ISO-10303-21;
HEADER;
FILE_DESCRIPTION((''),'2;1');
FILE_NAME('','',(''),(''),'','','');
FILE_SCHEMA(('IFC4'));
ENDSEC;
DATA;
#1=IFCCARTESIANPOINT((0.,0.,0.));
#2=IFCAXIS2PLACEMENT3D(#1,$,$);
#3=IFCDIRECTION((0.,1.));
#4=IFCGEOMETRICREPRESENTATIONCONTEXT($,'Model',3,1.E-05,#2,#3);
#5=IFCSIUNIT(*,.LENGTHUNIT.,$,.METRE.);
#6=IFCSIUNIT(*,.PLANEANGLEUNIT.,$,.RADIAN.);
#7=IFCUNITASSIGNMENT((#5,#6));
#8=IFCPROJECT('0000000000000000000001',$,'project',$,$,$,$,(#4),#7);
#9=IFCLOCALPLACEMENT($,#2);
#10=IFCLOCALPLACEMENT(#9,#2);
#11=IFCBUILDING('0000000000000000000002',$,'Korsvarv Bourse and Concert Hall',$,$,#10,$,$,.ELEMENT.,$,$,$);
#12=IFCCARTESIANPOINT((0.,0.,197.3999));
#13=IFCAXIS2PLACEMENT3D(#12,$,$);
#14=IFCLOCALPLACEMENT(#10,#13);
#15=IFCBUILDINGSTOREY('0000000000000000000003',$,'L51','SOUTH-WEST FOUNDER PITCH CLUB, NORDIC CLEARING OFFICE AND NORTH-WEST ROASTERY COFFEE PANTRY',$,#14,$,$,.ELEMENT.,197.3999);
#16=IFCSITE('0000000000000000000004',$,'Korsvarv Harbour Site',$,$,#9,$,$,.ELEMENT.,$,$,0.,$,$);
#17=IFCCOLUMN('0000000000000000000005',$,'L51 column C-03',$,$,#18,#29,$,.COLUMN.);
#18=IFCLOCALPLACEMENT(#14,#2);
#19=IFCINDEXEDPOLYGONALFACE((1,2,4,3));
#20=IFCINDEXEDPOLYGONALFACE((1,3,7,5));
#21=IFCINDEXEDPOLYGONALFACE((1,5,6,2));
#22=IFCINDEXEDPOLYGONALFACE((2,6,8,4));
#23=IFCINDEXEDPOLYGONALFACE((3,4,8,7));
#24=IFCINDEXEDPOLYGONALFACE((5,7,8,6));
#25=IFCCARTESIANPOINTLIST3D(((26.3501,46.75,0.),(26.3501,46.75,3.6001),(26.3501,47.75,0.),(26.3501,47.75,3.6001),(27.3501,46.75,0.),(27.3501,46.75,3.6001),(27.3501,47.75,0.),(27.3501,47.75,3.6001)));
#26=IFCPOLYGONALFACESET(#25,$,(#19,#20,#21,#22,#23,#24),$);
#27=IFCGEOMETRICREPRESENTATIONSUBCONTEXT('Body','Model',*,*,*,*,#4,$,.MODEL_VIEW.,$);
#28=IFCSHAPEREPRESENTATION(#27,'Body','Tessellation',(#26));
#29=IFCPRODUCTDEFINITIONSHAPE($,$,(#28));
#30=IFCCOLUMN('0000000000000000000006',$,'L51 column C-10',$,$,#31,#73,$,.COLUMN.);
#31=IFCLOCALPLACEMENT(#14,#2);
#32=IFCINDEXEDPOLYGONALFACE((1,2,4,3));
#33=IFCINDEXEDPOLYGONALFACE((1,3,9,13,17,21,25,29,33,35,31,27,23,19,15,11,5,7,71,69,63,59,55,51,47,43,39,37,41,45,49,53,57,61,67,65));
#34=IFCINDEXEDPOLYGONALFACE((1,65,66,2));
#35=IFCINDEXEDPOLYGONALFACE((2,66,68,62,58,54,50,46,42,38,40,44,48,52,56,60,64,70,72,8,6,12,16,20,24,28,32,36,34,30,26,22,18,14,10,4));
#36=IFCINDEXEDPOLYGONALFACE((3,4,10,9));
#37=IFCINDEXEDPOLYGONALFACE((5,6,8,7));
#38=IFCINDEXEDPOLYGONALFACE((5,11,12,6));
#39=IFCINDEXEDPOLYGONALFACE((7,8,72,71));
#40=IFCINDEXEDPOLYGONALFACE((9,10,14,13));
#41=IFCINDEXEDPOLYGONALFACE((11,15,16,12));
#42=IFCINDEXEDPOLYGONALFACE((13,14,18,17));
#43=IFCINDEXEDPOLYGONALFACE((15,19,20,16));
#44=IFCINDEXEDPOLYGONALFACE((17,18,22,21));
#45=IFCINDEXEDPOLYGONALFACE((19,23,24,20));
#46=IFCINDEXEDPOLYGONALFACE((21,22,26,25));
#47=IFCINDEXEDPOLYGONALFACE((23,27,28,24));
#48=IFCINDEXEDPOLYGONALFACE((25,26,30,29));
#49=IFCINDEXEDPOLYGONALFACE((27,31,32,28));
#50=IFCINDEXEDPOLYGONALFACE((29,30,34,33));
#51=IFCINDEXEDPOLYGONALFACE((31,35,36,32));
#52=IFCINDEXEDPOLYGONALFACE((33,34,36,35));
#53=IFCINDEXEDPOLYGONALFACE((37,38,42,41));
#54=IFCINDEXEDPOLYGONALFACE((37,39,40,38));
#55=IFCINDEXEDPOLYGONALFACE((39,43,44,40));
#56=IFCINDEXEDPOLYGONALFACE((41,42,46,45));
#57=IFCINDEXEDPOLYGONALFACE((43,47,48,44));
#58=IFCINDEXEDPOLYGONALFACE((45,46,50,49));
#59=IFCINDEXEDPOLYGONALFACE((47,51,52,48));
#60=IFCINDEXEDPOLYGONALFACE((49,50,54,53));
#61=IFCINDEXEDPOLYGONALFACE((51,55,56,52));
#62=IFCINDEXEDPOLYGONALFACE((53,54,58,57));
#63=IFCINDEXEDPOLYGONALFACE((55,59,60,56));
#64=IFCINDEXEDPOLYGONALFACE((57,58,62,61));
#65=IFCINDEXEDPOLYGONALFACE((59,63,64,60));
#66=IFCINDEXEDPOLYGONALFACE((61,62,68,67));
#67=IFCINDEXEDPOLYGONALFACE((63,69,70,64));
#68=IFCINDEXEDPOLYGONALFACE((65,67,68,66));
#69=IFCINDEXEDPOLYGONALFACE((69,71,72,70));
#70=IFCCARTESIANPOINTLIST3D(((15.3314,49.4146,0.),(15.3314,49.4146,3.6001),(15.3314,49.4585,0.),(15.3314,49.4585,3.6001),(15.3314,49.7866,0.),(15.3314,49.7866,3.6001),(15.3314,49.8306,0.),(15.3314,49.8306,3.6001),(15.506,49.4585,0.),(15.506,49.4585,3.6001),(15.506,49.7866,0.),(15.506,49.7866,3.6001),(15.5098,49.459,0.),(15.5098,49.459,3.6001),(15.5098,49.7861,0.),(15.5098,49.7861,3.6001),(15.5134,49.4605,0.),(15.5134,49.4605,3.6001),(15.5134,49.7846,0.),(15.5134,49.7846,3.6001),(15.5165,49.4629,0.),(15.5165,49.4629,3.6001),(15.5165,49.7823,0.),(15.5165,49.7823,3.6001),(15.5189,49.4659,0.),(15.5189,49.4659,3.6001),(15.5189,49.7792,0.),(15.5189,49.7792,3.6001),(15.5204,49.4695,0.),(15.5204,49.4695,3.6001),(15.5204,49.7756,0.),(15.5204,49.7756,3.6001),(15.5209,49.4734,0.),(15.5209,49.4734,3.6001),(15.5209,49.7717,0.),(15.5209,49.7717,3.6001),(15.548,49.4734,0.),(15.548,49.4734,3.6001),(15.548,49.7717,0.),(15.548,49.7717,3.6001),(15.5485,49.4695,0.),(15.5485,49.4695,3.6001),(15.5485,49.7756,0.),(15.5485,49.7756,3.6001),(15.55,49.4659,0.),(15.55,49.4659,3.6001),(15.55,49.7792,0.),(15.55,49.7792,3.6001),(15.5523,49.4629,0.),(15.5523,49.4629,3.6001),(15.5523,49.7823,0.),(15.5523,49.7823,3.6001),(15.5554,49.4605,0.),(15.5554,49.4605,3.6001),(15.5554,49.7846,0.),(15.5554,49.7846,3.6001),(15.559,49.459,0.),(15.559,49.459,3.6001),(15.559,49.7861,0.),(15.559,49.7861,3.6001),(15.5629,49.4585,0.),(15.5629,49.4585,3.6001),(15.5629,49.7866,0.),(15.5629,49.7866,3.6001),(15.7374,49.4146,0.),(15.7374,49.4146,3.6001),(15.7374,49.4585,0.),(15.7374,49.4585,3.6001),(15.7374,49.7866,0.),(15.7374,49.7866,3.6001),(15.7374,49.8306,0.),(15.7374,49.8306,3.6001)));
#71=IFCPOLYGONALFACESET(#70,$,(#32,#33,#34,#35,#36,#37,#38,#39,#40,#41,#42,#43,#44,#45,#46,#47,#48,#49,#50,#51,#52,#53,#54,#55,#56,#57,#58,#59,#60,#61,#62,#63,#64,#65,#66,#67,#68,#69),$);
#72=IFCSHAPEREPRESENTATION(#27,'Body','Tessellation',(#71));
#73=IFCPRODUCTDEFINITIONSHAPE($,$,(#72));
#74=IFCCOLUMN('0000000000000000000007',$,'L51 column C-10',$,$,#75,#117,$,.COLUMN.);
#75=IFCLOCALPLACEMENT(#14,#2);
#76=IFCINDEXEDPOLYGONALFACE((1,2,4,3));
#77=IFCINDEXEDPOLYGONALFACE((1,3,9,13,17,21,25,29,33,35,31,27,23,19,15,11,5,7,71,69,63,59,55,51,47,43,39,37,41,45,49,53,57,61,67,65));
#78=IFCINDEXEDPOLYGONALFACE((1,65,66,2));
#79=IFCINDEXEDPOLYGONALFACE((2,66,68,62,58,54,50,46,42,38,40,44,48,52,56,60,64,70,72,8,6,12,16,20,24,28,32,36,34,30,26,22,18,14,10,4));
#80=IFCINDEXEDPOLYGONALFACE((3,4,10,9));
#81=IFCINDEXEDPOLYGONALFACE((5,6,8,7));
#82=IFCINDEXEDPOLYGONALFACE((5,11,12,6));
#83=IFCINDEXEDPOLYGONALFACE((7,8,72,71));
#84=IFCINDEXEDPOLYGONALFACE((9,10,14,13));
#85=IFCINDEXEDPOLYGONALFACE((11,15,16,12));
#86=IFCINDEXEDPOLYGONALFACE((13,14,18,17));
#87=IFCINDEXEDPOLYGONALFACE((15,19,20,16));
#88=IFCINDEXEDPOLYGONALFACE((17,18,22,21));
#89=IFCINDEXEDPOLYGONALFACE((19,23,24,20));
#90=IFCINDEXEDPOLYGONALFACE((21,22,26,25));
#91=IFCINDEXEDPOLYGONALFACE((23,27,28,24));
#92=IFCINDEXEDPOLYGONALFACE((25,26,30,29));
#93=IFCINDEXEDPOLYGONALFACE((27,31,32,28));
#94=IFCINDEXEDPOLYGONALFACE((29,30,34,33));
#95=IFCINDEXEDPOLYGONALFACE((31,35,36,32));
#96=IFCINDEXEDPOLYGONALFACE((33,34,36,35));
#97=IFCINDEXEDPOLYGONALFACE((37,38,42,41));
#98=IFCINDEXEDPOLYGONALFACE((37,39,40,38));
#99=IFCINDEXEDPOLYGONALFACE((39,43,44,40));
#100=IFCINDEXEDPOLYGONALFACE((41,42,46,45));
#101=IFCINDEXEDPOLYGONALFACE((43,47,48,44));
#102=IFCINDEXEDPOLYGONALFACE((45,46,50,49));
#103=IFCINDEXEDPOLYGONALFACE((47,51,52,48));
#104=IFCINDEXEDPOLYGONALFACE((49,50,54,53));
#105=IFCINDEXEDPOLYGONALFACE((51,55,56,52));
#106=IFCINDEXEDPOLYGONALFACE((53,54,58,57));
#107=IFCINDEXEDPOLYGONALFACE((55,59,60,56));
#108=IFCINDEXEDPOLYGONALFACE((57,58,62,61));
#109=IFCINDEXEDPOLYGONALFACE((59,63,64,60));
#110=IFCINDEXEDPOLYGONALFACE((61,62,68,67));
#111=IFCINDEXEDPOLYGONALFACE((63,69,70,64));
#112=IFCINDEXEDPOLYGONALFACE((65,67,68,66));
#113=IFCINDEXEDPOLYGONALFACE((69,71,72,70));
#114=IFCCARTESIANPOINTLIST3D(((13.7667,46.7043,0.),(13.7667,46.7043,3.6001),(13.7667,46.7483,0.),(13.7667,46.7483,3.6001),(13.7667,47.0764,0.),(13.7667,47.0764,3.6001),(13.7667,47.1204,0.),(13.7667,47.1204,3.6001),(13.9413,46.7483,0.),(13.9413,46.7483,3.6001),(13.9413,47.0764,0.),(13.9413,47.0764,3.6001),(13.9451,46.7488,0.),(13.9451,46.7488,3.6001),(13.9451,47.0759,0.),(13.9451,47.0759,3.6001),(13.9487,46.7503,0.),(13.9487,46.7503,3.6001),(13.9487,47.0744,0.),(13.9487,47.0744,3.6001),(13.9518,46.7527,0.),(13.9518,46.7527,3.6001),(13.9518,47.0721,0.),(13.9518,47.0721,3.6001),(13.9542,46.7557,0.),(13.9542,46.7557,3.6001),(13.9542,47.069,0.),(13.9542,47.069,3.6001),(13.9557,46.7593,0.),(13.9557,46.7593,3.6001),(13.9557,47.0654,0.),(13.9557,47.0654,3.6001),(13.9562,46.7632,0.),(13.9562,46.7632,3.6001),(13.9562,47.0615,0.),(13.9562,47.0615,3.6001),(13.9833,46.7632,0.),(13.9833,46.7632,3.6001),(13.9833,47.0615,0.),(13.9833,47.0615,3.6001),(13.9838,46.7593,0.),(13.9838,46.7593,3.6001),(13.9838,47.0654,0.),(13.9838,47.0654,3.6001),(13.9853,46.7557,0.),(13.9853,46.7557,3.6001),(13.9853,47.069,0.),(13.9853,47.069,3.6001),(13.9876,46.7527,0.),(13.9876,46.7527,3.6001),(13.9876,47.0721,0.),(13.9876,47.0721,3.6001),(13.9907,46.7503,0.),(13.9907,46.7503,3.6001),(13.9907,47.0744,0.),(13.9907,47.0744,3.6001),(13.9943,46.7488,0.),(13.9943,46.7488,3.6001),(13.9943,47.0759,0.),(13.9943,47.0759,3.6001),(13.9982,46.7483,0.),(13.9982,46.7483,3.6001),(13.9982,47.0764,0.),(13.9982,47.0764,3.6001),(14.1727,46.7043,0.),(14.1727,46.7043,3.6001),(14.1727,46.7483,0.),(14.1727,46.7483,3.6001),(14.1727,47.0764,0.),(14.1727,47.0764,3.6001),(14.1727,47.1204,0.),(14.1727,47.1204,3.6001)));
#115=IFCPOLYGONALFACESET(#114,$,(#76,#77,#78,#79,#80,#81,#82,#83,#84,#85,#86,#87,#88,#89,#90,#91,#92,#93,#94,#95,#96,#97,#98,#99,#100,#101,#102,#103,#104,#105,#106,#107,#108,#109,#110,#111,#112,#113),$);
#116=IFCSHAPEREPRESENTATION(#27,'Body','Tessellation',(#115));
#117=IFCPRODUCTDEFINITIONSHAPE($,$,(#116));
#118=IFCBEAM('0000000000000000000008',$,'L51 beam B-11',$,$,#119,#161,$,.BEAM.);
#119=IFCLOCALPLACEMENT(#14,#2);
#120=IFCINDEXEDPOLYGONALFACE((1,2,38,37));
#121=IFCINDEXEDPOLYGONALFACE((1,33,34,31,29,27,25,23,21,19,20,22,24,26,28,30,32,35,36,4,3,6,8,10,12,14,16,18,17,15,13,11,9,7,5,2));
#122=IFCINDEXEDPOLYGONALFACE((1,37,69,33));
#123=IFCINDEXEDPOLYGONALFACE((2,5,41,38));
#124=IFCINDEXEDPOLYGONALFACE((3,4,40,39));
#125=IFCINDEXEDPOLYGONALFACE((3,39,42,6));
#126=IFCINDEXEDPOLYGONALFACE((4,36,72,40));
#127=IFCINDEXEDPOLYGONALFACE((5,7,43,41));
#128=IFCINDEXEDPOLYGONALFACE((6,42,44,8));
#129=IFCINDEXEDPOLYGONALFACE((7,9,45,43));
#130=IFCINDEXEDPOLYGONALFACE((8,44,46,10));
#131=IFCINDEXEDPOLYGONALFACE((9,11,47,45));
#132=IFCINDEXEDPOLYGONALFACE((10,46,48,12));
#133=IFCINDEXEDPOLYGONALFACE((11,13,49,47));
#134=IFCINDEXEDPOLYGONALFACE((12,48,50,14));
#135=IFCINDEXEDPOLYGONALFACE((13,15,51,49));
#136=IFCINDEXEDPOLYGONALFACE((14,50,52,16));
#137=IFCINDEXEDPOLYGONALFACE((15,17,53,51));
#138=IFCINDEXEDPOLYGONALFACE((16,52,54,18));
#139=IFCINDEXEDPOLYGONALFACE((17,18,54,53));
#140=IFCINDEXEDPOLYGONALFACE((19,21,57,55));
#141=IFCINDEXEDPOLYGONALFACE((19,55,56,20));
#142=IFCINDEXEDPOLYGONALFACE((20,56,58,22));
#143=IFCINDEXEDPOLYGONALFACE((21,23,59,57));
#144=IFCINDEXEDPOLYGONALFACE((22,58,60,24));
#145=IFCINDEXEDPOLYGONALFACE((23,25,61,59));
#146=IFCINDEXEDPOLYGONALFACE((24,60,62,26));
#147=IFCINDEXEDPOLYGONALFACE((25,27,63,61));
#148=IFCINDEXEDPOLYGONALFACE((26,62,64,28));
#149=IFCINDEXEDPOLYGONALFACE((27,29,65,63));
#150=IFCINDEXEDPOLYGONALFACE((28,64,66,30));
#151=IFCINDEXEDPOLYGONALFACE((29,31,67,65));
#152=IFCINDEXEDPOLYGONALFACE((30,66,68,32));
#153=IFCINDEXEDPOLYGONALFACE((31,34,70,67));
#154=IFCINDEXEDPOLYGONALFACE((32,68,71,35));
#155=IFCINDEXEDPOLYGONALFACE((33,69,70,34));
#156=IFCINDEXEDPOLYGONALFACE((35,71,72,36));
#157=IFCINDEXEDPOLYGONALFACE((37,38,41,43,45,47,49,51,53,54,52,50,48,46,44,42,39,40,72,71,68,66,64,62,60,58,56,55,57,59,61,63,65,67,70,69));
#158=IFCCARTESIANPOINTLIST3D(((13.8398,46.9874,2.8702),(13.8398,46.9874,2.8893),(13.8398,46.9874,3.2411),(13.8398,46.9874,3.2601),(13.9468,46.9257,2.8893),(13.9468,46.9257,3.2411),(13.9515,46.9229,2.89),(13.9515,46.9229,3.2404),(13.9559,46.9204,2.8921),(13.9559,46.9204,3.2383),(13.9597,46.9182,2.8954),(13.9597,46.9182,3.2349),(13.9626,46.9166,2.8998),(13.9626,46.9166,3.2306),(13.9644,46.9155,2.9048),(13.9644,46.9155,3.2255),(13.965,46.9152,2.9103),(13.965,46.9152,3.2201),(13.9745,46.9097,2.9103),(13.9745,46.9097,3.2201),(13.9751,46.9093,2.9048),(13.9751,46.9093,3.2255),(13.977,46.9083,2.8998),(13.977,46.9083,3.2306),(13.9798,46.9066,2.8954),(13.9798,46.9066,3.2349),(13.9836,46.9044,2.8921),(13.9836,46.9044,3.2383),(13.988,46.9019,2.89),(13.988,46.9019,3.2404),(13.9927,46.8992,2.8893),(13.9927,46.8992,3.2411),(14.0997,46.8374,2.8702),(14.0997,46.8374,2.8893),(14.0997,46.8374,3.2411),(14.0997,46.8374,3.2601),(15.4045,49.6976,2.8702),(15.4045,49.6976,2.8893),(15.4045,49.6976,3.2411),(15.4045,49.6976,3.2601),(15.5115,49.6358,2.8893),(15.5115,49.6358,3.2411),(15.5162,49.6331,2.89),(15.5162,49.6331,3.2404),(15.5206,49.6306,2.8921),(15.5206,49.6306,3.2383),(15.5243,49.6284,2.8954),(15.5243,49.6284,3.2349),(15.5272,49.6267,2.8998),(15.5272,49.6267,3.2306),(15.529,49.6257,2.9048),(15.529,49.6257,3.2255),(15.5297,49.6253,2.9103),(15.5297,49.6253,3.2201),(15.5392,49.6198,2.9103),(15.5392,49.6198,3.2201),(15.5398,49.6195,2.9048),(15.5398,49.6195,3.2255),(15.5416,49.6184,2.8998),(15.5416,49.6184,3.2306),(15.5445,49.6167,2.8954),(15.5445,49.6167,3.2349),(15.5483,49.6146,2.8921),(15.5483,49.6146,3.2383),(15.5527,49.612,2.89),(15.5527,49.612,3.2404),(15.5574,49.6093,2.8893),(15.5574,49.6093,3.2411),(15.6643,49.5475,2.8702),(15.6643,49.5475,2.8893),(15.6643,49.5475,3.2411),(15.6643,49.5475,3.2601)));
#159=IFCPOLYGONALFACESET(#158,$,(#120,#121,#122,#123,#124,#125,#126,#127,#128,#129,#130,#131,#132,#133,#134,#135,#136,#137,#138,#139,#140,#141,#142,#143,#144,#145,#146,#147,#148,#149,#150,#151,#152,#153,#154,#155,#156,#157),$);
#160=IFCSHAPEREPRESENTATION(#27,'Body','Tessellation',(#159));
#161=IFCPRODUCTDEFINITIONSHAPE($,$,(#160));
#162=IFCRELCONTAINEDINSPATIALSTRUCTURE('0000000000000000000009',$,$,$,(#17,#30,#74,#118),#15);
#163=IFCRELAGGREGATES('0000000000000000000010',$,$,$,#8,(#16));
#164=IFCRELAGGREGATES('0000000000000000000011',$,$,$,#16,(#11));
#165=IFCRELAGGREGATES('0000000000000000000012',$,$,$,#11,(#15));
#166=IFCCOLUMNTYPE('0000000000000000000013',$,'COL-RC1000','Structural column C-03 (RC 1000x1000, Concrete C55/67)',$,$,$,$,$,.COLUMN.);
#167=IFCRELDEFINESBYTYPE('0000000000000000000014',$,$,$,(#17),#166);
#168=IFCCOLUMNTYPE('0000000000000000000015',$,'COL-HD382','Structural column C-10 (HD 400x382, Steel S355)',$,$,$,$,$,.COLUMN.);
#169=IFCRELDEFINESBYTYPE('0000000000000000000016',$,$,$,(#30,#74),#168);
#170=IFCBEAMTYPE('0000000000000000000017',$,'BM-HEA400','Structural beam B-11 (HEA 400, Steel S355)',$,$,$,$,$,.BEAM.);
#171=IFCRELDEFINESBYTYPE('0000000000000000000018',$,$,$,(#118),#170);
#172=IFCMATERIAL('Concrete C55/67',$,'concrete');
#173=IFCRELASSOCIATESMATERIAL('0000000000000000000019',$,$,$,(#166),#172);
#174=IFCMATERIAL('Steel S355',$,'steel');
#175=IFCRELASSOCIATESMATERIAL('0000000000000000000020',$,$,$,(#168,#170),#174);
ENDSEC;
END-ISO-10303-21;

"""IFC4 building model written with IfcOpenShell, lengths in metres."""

from ifc_helpers import new_model, si_unit, direction, frame, origin, origin_2d, place, context, subcontext, project, spatial, rectangle, i_section, extrude, source, transform, mapped, material, material_profile, profile_set, type_object, element, save


model = new_model("IFC4")

# Units and contexts
model_context = context("Model", 3, precision=1e-05, world=origin(), true_north=direction((0.0, 1.0)))
body_context = subcontext(model_context, "Body", "Model", "MODEL_VIEW")
ifc_project = project(units=[si_unit("LENGTHUNIT", "METRE"), si_unit("PLANEANGLEUNIT", "RADIAN")], contexts=[model_context])

# Site, building, storey
site_placement = place(None, origin())
site = spatial("IfcSite", under=ifc_project, at=site_placement, Name="Korsvarv Harbour Site", CompositionType="ELEMENT", RefElevation=0.0)
building_placement = place(site_placement, origin())
building = spatial("IfcBuilding", under=site, at=building_placement, Name="Korsvarv Bourse and Concert Hall", CompositionType="ELEMENT")
storey_placement = place(building_placement, frame((0.0, 0.0, 197.3999)))
storey = spatial("IfcBuildingStorey", under=building, at=storey_placement, Name="L51", Description="SOUTH-WEST FOUNDER PITCH CLUB, NORDIC CLEARING OFFICE AND NORTH-WEST ROASTERY COFFEE PANTRY", CompositionType="ELEMENT", Elevation=197.3999)

# Columns
ifc_material_1 = material(Name="Concrete C55/67", Category="concrete")
ifc_material_profile_1 = material_profile(ifc_material_1, rectangle(XDim=1.0, YDim=1.0, at=origin_2d()), Name="RC 1000x1000")
ifc_profile_set_1 = profile_set([ifc_material_profile_1], Name="Concrete C55/67")
column_type_1 = type_object("IfcColumnType", Name="COL-RC1000", Description="Structural column C-03 (RC 1000x1000, Concrete C55/67)", PredefinedType="COLUMN", material=ifc_profile_set_1)
shared_shape_1 = source(origin(), body_context, "Body", "SweptSolid", [
    extrude(rectangle(XDim=1.0, YDim=1.0, at=origin_2d()), origin(), (0.0, 0.0, 1.0), 3.6001),
])
column_placement = place(storey_placement, frame((26.8501, 47.25, 0.0), z_axis=(0.0, 0.0, 1.0), x_axis=(1.0, 0.0, 0.0)))
element("IfcColumn", 1, at=column_placement, inside=storey, type_object=column_type_1, Name="L51 column C-03", PredefinedType="COLUMN", context=body_context, shape_type="MappedRepresentation", body=[
    mapped(shared_shape_1, transform((0.0, 0.0, 0.0), scale=1.0)),
])
ifc_material_2 = material(Name="Steel S355", Category="steel")
ifc_material_profile_2 = material_profile(ifc_material_2, i_section(OverallWidth=0.406, OverallDepth=0.416, WebThickness=0.0271, FlangeThickness=0.0439, FilletRadius=0.0149, at=origin_2d()), Name="HD 400x382")
ifc_profile_set_2 = profile_set([ifc_material_profile_2], Name="Steel S355")
column_type_2 = type_object("IfcColumnType", Name="COL-HD382", Description="Structural column C-10 (HD 400x382, Steel S355)", PredefinedType="COLUMN", material=ifc_profile_set_2)
shared_shape_2 = source(origin(), body_context, "Body", "SweptSolid", [
    extrude(i_section(OverallWidth=0.406, OverallDepth=0.416, WebThickness=0.0271, FlangeThickness=0.0439, FilletRadius=0.0149, at=origin_2d()), origin(), (0.0, 0.0, 1.0), 3.6001),
])
for number, where, z_axis, x_axis, name in (
    (2, (15.5344, 49.6226, 0.0), (0.0, 0.0, 1.0), (1.0, 0.0, 0.0), "L51 column C-10"),
    (3, (13.9697, 46.9124, 0.0), (0.0, 0.0, 1.0), (1.0, 0.0, 0.0), "L51 column C-10"),
):
    element("IfcColumn", number, at=place(storey_placement, frame(where, z_axis=z_axis, x_axis=x_axis)), inside=storey, type_object=column_type_2, Name=name, PredefinedType="COLUMN", context=body_context, shape_type="MappedRepresentation", body=[
        mapped(shared_shape_2, transform((0.0, 0.0, 0.0), scale=1.0)),
    ])

# Beam
ifc_material_profile_3 = material_profile(ifc_material_2, i_section(OverallWidth=0.3, OverallDepth=0.3899, WebThickness=0.011, FlangeThickness=0.019, FilletRadius=0.021, at=origin_2d()), Name="HEA 400")
ifc_profile_set_3 = profile_set([ifc_material_profile_3], Name="Steel S355")
beam_type_1 = type_object("IfcBeamType", Name="BM-HEA400", Description="Structural beam B-11 (HEA 400, Steel S355)", PredefinedType="BEAM", material=ifc_profile_set_3)
shared_shape_3 = source(origin(), body_context, "Body", "SweptSolid", [
    extrude(i_section(OverallWidth=0.3, OverallDepth=0.3899, WebThickness=0.011, FlangeThickness=0.019, FilletRadius=0.021, at=origin_2d()), origin(), (0.0, 0.0, 1.0), 3.1294),
])
beam_1_placement = place(storey_placement, frame((15.5344, 49.6226, 3.0652), z_axis=(-0.49999, -0.866031, 0.0), x_axis=(0.866031, -0.49999, 0.0)))
element("IfcBeam", 4, at=beam_1_placement, inside=storey, type_object=beam_type_1, Name="L51 beam B-11", PredefinedType="BEAM", context=body_context, shape_type="MappedRepresentation", body=[
    mapped(shared_shape_3, transform((0.0, 0.0, 0.0), scale=1.0)),
])

save(model, "model.ifc")
